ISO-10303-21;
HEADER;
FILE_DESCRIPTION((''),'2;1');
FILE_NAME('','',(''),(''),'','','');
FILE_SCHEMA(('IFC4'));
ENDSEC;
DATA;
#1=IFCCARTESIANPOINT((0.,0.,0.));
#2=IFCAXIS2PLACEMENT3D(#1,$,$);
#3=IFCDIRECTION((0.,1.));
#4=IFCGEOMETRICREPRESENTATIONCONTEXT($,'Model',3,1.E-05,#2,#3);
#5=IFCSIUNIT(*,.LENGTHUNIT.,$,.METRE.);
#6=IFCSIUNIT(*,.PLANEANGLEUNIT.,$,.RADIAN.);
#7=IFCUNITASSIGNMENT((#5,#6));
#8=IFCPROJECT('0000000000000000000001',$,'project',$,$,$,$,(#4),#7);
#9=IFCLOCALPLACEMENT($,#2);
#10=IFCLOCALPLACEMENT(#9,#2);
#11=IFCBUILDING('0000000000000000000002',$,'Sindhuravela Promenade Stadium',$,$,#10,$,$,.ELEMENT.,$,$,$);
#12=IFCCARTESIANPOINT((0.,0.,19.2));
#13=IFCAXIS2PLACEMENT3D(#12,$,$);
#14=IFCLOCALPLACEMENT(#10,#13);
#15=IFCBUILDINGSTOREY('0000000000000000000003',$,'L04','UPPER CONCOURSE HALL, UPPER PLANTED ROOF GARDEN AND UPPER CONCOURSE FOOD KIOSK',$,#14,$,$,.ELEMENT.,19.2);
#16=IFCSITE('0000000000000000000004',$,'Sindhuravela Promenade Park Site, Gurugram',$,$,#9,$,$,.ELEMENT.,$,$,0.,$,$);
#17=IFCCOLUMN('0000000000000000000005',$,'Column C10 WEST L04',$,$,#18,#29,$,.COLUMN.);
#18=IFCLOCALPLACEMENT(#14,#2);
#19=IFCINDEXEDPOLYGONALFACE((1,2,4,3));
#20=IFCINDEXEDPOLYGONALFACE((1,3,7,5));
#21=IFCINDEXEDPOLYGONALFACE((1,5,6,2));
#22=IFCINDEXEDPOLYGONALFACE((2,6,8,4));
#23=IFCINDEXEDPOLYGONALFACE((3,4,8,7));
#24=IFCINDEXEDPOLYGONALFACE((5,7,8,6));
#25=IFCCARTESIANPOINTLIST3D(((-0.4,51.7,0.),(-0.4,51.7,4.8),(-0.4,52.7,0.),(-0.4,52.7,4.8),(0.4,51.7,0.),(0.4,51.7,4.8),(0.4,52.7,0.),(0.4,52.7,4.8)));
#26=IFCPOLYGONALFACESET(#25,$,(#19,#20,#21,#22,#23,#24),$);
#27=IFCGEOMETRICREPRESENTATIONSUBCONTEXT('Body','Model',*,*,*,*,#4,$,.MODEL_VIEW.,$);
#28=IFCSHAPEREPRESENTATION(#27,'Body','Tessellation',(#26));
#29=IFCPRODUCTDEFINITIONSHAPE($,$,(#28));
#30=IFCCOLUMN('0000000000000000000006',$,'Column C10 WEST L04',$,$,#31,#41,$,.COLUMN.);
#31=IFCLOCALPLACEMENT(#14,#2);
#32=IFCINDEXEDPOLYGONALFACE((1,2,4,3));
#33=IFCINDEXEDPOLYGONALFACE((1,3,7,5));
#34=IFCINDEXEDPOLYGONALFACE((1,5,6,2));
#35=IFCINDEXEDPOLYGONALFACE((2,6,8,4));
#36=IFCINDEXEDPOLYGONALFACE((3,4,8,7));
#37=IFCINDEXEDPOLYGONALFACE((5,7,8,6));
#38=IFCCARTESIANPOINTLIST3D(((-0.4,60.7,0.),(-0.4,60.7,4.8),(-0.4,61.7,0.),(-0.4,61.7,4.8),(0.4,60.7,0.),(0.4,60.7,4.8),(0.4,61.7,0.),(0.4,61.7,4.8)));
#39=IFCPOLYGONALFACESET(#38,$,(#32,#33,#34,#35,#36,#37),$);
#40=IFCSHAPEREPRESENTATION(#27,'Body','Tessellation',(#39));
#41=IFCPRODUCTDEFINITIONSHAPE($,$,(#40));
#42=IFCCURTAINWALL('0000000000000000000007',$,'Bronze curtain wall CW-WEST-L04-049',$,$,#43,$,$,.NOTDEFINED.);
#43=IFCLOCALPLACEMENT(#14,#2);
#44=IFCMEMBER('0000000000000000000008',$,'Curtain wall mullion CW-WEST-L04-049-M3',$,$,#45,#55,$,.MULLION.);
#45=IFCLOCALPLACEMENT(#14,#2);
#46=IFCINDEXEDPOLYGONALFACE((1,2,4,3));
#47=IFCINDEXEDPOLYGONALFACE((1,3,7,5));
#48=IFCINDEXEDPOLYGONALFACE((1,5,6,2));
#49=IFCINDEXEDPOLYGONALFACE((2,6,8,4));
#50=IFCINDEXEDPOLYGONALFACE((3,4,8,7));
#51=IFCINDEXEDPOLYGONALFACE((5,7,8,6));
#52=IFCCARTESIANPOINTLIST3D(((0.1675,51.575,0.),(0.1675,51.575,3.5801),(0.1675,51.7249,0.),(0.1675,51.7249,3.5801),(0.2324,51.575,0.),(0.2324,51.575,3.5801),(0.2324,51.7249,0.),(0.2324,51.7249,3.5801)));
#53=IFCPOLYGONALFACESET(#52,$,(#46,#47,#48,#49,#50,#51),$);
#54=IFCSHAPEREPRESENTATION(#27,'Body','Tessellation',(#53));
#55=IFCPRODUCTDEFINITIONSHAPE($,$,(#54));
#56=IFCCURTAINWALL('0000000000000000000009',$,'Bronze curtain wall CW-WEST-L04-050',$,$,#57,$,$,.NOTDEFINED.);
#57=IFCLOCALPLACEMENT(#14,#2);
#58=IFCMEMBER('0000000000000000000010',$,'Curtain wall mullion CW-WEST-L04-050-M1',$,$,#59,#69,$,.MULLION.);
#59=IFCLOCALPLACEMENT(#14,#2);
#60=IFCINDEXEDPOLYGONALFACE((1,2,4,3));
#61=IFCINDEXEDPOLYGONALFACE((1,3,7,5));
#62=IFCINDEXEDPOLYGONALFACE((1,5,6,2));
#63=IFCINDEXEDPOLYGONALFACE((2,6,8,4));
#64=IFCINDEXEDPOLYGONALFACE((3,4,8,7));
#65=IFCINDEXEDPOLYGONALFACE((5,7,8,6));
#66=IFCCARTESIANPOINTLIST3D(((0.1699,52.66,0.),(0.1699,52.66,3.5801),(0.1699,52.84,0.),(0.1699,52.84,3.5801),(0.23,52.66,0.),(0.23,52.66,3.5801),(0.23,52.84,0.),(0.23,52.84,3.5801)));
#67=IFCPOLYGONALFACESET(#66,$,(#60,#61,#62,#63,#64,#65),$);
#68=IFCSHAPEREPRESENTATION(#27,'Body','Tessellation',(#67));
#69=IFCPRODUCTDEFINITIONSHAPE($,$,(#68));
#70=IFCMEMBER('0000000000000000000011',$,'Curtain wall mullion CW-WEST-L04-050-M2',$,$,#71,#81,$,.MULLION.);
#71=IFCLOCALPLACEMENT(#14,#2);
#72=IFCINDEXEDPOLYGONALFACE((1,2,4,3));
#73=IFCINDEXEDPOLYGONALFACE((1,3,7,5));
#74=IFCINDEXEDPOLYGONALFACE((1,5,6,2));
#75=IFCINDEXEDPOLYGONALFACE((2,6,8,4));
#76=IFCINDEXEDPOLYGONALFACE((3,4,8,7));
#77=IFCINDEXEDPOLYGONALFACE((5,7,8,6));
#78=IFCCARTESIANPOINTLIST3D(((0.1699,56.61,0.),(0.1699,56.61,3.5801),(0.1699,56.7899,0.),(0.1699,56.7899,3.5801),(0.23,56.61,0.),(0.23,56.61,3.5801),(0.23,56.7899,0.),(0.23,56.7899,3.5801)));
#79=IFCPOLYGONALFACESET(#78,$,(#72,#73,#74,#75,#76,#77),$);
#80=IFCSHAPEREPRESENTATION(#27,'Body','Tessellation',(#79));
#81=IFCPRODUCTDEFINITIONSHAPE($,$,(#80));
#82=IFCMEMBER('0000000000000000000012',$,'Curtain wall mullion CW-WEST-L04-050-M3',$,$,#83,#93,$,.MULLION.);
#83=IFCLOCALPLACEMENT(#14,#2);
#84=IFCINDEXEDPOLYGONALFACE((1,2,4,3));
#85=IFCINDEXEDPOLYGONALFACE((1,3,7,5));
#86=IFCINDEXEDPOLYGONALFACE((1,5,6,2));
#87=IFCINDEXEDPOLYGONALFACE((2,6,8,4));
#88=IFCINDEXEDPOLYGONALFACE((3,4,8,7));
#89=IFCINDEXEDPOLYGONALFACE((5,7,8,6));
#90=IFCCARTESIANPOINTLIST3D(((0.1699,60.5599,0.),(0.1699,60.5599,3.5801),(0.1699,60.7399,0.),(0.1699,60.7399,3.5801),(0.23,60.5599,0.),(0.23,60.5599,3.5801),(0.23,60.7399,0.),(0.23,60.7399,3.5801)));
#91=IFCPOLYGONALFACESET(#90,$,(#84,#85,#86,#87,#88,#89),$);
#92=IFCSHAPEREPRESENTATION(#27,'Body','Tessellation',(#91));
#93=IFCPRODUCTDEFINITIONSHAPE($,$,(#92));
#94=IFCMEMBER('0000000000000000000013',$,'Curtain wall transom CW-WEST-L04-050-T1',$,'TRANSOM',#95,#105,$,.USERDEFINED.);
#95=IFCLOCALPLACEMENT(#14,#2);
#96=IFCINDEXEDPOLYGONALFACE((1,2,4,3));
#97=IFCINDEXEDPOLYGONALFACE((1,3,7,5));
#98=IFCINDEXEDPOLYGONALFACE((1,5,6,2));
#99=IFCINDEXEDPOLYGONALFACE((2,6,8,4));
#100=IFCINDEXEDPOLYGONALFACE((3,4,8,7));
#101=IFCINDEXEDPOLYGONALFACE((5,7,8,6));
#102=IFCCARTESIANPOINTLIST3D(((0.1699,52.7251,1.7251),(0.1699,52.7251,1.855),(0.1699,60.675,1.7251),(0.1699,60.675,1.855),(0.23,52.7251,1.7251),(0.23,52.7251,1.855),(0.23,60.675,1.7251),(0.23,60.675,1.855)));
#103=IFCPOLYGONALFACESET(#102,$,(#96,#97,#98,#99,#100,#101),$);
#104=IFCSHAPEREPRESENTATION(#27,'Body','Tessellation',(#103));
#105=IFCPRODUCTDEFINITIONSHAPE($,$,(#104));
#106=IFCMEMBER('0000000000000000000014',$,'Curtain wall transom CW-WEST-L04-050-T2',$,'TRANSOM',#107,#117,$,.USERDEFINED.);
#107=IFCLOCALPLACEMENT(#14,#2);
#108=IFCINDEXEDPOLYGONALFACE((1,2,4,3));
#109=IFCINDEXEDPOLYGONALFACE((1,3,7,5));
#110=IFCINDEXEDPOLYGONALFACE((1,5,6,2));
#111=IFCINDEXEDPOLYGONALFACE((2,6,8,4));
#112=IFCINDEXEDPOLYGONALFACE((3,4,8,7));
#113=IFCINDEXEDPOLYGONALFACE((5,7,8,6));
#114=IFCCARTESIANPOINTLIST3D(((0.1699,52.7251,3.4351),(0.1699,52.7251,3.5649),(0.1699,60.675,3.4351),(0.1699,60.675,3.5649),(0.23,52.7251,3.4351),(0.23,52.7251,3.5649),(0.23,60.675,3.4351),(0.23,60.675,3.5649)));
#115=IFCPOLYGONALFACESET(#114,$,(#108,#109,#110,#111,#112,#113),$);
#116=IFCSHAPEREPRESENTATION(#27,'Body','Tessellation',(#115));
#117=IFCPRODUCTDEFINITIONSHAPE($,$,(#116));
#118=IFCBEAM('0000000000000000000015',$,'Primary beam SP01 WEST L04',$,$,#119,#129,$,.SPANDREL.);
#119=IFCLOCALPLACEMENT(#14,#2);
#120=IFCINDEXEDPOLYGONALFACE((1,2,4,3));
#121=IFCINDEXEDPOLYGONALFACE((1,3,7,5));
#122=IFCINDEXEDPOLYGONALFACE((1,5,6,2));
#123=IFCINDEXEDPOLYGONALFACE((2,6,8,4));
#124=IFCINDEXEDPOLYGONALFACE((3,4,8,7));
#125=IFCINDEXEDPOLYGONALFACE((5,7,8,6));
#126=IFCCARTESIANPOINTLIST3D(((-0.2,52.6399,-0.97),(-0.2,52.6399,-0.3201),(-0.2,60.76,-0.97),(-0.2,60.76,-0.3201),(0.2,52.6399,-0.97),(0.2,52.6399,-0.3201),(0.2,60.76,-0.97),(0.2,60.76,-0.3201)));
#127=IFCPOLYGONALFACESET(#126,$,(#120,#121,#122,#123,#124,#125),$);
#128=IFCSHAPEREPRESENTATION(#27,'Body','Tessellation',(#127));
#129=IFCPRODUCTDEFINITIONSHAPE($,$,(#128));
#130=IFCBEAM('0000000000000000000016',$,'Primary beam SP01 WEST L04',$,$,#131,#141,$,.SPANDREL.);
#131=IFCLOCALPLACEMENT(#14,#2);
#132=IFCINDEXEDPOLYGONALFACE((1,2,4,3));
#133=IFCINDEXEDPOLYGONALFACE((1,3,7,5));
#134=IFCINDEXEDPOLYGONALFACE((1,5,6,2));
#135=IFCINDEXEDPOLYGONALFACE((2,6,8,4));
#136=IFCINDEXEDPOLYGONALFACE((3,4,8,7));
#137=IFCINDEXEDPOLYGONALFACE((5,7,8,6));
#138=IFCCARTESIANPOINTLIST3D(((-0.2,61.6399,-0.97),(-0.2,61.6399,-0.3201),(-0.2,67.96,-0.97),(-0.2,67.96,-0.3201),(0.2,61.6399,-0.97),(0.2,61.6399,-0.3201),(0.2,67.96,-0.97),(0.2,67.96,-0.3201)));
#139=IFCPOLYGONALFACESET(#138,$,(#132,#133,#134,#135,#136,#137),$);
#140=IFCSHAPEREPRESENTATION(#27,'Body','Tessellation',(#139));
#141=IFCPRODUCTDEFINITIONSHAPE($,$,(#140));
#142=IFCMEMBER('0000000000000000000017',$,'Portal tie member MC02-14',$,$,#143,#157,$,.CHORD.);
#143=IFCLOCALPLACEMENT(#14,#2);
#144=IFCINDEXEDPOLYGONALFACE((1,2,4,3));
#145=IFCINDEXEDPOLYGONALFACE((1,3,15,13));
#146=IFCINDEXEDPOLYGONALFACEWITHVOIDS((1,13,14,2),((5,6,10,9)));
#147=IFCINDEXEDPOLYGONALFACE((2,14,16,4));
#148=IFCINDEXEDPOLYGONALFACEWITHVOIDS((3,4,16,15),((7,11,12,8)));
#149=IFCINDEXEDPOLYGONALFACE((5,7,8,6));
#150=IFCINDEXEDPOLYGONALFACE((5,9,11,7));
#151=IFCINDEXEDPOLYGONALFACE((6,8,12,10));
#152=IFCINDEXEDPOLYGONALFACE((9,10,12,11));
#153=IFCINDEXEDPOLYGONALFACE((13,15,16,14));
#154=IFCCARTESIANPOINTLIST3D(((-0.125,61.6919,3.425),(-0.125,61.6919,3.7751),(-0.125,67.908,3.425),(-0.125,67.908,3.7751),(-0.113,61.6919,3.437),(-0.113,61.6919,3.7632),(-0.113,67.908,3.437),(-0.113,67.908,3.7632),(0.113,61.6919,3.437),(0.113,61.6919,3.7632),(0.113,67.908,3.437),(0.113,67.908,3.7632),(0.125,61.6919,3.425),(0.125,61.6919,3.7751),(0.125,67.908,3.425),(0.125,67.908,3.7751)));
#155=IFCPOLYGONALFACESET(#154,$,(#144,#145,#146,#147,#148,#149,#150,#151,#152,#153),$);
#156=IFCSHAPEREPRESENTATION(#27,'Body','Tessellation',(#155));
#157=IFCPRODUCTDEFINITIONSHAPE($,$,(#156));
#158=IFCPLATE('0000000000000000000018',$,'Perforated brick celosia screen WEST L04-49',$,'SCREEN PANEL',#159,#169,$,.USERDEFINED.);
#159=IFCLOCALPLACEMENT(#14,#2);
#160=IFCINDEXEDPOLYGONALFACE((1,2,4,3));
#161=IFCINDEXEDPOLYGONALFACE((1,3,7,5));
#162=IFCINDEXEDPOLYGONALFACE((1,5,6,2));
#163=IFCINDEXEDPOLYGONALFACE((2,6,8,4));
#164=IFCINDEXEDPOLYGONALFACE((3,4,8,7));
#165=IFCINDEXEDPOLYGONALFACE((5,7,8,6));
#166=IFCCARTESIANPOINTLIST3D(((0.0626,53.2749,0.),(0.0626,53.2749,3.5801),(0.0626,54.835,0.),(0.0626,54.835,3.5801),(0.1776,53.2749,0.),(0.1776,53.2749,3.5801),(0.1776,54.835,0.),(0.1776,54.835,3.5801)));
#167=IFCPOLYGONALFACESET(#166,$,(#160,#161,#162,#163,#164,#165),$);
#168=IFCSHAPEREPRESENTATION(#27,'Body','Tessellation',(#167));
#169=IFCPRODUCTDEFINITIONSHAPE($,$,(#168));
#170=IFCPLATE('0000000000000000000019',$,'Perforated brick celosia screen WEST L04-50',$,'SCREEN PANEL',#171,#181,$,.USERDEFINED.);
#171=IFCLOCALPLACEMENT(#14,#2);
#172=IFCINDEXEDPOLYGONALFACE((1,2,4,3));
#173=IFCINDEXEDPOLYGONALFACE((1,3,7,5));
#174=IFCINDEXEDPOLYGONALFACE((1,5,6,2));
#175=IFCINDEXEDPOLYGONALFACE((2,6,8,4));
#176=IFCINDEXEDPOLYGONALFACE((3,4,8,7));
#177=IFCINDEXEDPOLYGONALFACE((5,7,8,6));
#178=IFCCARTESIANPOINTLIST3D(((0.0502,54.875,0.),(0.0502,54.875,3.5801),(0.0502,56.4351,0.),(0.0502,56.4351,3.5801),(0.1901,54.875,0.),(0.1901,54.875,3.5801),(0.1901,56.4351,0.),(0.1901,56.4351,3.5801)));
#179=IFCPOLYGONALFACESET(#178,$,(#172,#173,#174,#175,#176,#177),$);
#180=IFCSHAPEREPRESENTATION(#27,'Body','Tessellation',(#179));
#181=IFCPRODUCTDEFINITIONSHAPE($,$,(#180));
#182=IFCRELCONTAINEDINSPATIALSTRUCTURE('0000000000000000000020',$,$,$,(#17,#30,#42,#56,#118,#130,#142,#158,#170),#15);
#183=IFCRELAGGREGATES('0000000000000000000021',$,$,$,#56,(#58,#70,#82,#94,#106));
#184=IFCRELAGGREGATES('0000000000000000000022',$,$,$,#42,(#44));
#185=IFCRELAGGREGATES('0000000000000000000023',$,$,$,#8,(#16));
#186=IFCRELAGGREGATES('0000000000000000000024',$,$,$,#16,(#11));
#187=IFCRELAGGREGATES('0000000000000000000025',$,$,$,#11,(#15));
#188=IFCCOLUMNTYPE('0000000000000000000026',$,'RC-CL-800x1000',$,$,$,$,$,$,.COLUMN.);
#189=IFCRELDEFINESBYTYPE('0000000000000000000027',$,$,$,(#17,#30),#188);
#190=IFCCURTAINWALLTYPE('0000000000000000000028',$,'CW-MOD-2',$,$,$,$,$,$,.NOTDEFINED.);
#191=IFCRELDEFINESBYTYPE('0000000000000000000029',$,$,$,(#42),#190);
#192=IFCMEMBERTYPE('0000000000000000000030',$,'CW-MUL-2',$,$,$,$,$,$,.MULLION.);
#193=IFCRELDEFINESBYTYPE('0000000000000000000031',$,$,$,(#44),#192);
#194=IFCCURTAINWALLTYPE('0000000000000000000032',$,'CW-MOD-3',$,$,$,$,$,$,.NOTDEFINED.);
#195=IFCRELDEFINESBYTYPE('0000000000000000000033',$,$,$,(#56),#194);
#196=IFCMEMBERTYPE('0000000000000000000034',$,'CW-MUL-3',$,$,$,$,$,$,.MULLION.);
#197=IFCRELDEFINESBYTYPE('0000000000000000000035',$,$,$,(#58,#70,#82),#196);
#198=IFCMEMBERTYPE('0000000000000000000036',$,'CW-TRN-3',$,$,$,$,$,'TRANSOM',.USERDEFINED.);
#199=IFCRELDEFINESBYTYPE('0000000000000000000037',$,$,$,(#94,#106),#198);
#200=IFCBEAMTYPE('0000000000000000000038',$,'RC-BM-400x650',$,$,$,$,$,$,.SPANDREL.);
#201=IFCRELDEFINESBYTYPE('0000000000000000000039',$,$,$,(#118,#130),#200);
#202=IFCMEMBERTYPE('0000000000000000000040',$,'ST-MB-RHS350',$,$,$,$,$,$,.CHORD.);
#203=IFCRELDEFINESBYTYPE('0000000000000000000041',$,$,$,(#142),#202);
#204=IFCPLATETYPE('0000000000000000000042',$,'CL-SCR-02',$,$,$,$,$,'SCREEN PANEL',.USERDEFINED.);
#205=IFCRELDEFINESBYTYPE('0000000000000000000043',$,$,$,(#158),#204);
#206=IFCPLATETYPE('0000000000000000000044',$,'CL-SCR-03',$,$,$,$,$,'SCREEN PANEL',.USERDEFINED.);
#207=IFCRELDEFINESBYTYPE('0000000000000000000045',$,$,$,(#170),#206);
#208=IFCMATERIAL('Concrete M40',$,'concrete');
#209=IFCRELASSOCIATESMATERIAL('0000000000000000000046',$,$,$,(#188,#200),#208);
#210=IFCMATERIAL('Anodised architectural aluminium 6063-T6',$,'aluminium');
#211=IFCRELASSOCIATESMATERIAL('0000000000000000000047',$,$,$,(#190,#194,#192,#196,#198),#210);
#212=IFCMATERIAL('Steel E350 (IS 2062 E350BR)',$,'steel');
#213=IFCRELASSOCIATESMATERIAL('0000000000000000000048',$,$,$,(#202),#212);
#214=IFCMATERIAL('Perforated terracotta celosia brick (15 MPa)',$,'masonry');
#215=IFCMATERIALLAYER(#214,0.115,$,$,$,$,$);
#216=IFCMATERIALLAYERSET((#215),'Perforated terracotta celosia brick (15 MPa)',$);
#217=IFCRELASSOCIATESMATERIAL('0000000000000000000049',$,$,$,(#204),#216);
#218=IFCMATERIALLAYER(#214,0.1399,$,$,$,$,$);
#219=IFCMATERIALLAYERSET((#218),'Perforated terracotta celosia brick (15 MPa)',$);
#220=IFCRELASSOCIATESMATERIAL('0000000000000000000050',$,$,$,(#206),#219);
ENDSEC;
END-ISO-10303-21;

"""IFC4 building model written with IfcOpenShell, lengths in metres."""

from ifc_helpers import new_model, si_unit, direction, frame, origin, origin_2d, place, context, subcontext, project, spatial, rectangle, hollow_rectangle, extrude, material, layer, layer_set, material_profile, profile_set, type_object, element, aggregate, save


model = new_model("IFC4")

# Units and contexts
model_context = context("Model", 3, precision=1e-05, world=origin(), true_north=direction((0.0, 1.0)))
body_context = subcontext(model_context, "Body", "Model", "MODEL_VIEW")
ifc_project = project(units=[si_unit("LENGTHUNIT", "METRE"), si_unit("PLANEANGLEUNIT", "RADIAN")], contexts=[model_context])

# Site, building, storey
site_placement = place(None, origin())
site = spatial("IfcSite", under=ifc_project, at=site_placement, Name="Sindhuravela Promenade Park Site, Gurugram", CompositionType="ELEMENT", RefElevation=0.0)
building_placement = place(site_placement, origin())
building = spatial("IfcBuilding", under=site, at=building_placement, Name="Sindhuravela Promenade Stadium", CompositionType="ELEMENT")
storey_placement = place(building_placement, frame((0.0, 0.0, 19.2)))
storey = spatial("IfcBuildingStorey", under=building, at=storey_placement, Name="L04", Description="UPPER CONCOURSE HALL, UPPER PLANTED ROOF GARDEN AND UPPER CONCOURSE FOOD KIOSK", CompositionType="ELEMENT", Elevation=19.2)

# Columns
ifc_material_1 = material(Name="Concrete M40", Category="concrete")
ifc_material_profile_1 = material_profile(ifc_material_1, rectangle(XDim=0.8, YDim=1.0, at=origin_2d()), Name="RC 800x1000")
ifc_profile_set_1 = profile_set([ifc_material_profile_1], Name="Concrete M40")
column_type = type_object("IfcColumnType", Name="RC-CL-800x1000", PredefinedType="COLUMN", material=ifc_profile_set_1)
for number, where, z_axis, x_axis, name in (
    (1, (0.0, 52.2, 0.0), (0.0, 0.0, 1.0), (1.0, 0.0, 0.0), "Column C10 WEST L04"),
    (2, (0.0, 61.2, 0.0), (0.0, 0.0, 1.0), (1.0, 0.0, 0.0), "Column C10 WEST L04"),
):
    element("IfcColumn", number, at=place(storey_placement, frame(where, z_axis=z_axis, x_axis=x_axis)), inside=storey, type_object=column_type, Name=name, PredefinedType="COLUMN", context=body_context, shape_type="SweptSolid", body=[
        extrude(rectangle(XDim=0.8, YDim=1.0, at=origin_2d()), origin(), (0.0, 0.0, 1.0), 4.8),
    ])

# Curtain wall, member
ifc_material_2 = material(Name="Anodised architectural aluminium 6063-T6", Category="aluminium")
curtain_wall_type_1 = type_object("IfcCurtainWallType", Name="CW-MOD-2", PredefinedType="NOTDEFINED", material=ifc_material_2)
curtain_wall_1_placement = place(storey_placement, origin())
curtain_wall_1 = element("IfcCurtainWall", 3, at=curtain_wall_1_placement, inside=storey, type_object=curtain_wall_type_1, Name="Bronze curtain wall CW-WEST-L04-049", PredefinedType="NOTDEFINED")
ifc_material_profile_2 = material_profile(ifc_material_2, rectangle(XDim=0.0649, YDim=0.1499, at=origin_2d()), Name="ALU MULL 65x150")
ifc_profile_set_2 = profile_set([ifc_material_profile_2], Name="Anodised architectural aluminium 6063-T6")
member_type_1 = type_object("IfcMemberType", Name="CW-MUL-2", PredefinedType="MULLION", material=ifc_profile_set_2)
member_1_placement = place(storey_placement, frame((0.2, 51.6499, 0.0), z_axis=(0.0, 0.0, 1.0), x_axis=(1.0, 0.0, 0.0)))
member_1 = element("IfcMember", 4, at=member_1_placement, type_object=member_type_1, Name="Curtain wall mullion CW-WEST-L04-049-M3", PredefinedType="MULLION", context=body_context, shape_type="SweptSolid", body=[
    extrude(rectangle(XDim=0.0649, YDim=0.1499, at=origin_2d()), origin(), (0.0, 0.0, 1.0), 3.5801),
])

# Curtain wall, members
curtain_wall_type_2 = type_object("IfcCurtainWallType", Name="CW-MOD-3", PredefinedType="NOTDEFINED", material=ifc_material_2)
curtain_wall_2_placement = place(storey_placement, origin())
curtain_wall_2 = element("IfcCurtainWall", 5, at=curtain_wall_2_placement, inside=storey, type_object=curtain_wall_type_2, Name="Bronze curtain wall CW-WEST-L04-050", PredefinedType="NOTDEFINED")
ifc_material_profile_3 = material_profile(ifc_material_2, rectangle(XDim=0.0601, YDim=0.1799, at=origin_2d()), Name="ALU M60x180")
ifc_profile_set_3 = profile_set([ifc_material_profile_3], Name="Anodised architectural aluminium 6063-T6")
member_type_2 = type_object("IfcMemberType", Name="CW-MUL-3", PredefinedType="MULLION", material=ifc_profile_set_3)
member_2_placement = place(storey_placement, frame((0.2, 52.75, 0.0), z_axis=(0.0, 0.0, 1.0), x_axis=(1.0, 0.0, 0.0)))
member_2 = element("IfcMember", 6, at=member_2_placement, type_object=member_type_2, Name="Curtain wall mullion CW-WEST-L04-050-M1", PredefinedType="MULLION", context=body_context, shape_type="SweptSolid", body=[
    extrude(rectangle(XDim=0.0601, YDim=0.1799, at=origin_2d()), origin(), (0.0, 0.0, 1.0), 3.5801),
])
member_3_placement = place(storey_placement, frame((0.2, 56.7, 0.0), z_axis=(0.0, 0.0, 1.0), x_axis=(1.0, 0.0, 0.0)))
member_3 = element("IfcMember", 7, at=member_3_placement, type_object=member_type_2, Name="Curtain wall mullion CW-WEST-L04-050-M2", PredefinedType="MULLION", context=body_context, shape_type="SweptSolid", body=[
    extrude(rectangle(XDim=0.0601, YDim=0.1799, at=origin_2d()), origin(), (0.0, 0.0, 1.0), 3.5801),
])
member_4_placement = place(storey_placement, frame((0.2, 60.6499, 0.0), z_axis=(0.0, 0.0, 1.0), x_axis=(1.0, 0.0, 0.0)))
member_4 = element("IfcMember", 8, at=member_4_placement, type_object=member_type_2, Name="Curtain wall mullion CW-WEST-L04-050-M3", PredefinedType="MULLION", context=body_context, shape_type="SweptSolid", body=[
    extrude(rectangle(XDim=0.0601, YDim=0.1799, at=origin_2d()), origin(), (0.0, 0.0, 1.0), 3.5801),
])
ifc_material_profile_4 = material_profile(ifc_material_2, rectangle(XDim=0.0601, YDim=0.1299, at=origin_2d()), Name="ALU T60x130")
ifc_profile_set_4 = profile_set([ifc_material_profile_4], Name="Anodised architectural aluminium 6063-T6")
member_type_3 = type_object("IfcMemberType", Name="CW-TRN-3", ElementType="TRANSOM", PredefinedType="USERDEFINED", material=ifc_profile_set_4)
member_5_placement = place(storey_placement, frame((0.2, 52.7251, 1.79), z_axis=(0.0, 1.0, 0.0), x_axis=(-1.0, 0.0, 0.0)))
member_5 = element("IfcMember", 9, at=member_5_placement, type_object=member_type_3, Name="Curtain wall transom CW-WEST-L04-050-T1", ObjectType="TRANSOM", PredefinedType="USERDEFINED", context=body_context, shape_type="SweptSolid", body=[
    extrude(rectangle(XDim=0.0601, YDim=0.1299, at=origin_2d()), origin(), (0.0, 0.0, 1.0), 7.95),
])
member_6_placement = place(storey_placement, frame((0.2, 52.7251, 3.5), z_axis=(0.0, 1.0, 0.0), x_axis=(-1.0, 0.0, 0.0)))
member_6 = element("IfcMember", 10, at=member_6_placement, type_object=member_type_3, Name="Curtain wall transom CW-WEST-L04-050-T2", ObjectType="TRANSOM", PredefinedType="USERDEFINED", context=body_context, shape_type="SweptSolid", body=[
    extrude(rectangle(XDim=0.0601, YDim=0.1299, at=origin_2d()), origin(), (0.0, 0.0, 1.0), 7.95),
])

# Beams
ifc_material_profile_5 = material_profile(ifc_material_1, rectangle(XDim=0.3999, YDim=0.6499, at=origin_2d()), Name="RC 400x650")
ifc_profile_set_5 = profile_set([ifc_material_profile_5], Name="Concrete M40")
beam_type = type_object("IfcBeamType", Name="RC-BM-400x650", PredefinedType="SPANDREL", material=ifc_profile_set_5)
beam_1_placement = place(storey_placement, frame((0.0, 52.6399, -0.645), z_axis=(0.0, 1.0, 0.0), x_axis=(-1.0, 0.0, 0.0)))
element("IfcBeam", 11, at=beam_1_placement, inside=storey, type_object=beam_type, Name="Primary beam SP01 WEST L04", PredefinedType="SPANDREL", context=body_context, shape_type="SweptSolid", body=[
    extrude(rectangle(XDim=0.3999, YDim=0.6499, at=origin_2d()), origin(), (0.0, 0.0, 1.0), 8.1201),
])
beam_2_placement = place(storey_placement, frame((0.0, 61.6399, -0.645), z_axis=(0.0, 1.0, 0.0), x_axis=(-1.0, 0.0, 0.0)))
element("IfcBeam", 12, at=beam_2_placement, inside=storey, type_object=beam_type, Name="Primary beam SP01 WEST L04", PredefinedType="SPANDREL", context=body_context, shape_type="SweptSolid", body=[
    extrude(rectangle(XDim=0.3999, YDim=0.6499, at=origin_2d()), origin(), (0.0, 0.0, 1.0), 6.3201),
])

# Member
ifc_material_3 = material(Name="Steel E350 (IS 2062 E350BR)", Category="steel")
ifc_material_profile_6 = material_profile(ifc_material_3, hollow_rectangle(XDim=0.25, YDim=0.3501, WallThickness=0.012, at=origin_2d()), Name="RHS 350x250x12")
ifc_profile_set_6 = profile_set([ifc_material_profile_6], Name="Steel E350 (IS 2062 E350BR)")
member_type_4 = type_object("IfcMemberType", Name="ST-MB-RHS350", PredefinedType="CHORD", material=ifc_profile_set_6)
member_7_placement = place(storey_placement, frame((0.0, 61.6919, 3.6001), z_axis=(0.0, 1.0, 0.0), x_axis=(-1.0, 0.0, 0.0)))
element("IfcMember", 13, at=member_7_placement, inside=storey, type_object=member_type_4, Name="Portal tie member MC02-14", PredefinedType="CHORD", context=body_context, shape_type="SweptSolid", body=[
    extrude(hollow_rectangle(XDim=0.25, YDim=0.3501, WallThickness=0.012, at=origin_2d()), origin(), (0.0, 0.0, 1.0), 6.2161),
])

# Plates
ifc_material_4 = material(Name="Perforated terracotta celosia brick (15 MPa)", Category="masonry")
ifc_layer_1 = layer(ifc_material_4, 0.115)
ifc_layer_set_1 = layer_set([ifc_layer_1], Name="Perforated terracotta celosia brick (15 MPa)")
plate_type_1 = type_object("IfcPlateType", Name="CL-SCR-02", ElementType="SCREEN PANEL", PredefinedType="USERDEFINED", material=ifc_layer_set_1)
plate_1_placement = place(storey_placement, frame((0.1201, 54.0549, 0.0), z_axis=(0.0, 0.0, 1.0), x_axis=(0.0, 1.0, 0.0)))
element("IfcPlate", 14, at=plate_1_placement, inside=storey, type_object=plate_type_1, Name="Perforated brick celosia screen WEST L04-49", ObjectType="SCREEN PANEL", PredefinedType="USERDEFINED", context=body_context, shape_type="SweptSolid", body=[
    extrude(rectangle(XDim=1.5601, YDim=0.115, at=origin_2d()), origin(), (0.0, 0.0, 1.0), 3.5801),
])
ifc_layer_2 = layer(ifc_material_4, 0.1399)
ifc_layer_set_2 = layer_set([ifc_layer_2], Name="Perforated terracotta celosia brick (15 MPa)")
plate_type_2 = type_object("IfcPlateType", Name="CL-SCR-03", ElementType="SCREEN PANEL", PredefinedType="USERDEFINED", material=ifc_layer_set_2)
plate_2_placement = place(storey_placement, frame((0.1201, 55.655, 0.0), z_axis=(0.0, 0.0, 1.0), x_axis=(0.0, 1.0, 0.0)))
element("IfcPlate", 15, at=plate_2_placement, inside=storey, type_object=plate_type_2, Name="Perforated brick celosia screen WEST L04-50", ObjectType="SCREEN PANEL", PredefinedType="USERDEFINED", context=body_context, shape_type="SweptSolid", body=[
    extrude(rectangle(XDim=1.5601, YDim=0.1399, at=origin_2d()), origin(), (0.0, 0.0, 1.0), 3.5801),
])

aggregate(curtain_wall_2, [member_2, member_3, member_4, member_5, member_6])
aggregate(curtain_wall_1, [member_1])

save(model, "model.ifc")
